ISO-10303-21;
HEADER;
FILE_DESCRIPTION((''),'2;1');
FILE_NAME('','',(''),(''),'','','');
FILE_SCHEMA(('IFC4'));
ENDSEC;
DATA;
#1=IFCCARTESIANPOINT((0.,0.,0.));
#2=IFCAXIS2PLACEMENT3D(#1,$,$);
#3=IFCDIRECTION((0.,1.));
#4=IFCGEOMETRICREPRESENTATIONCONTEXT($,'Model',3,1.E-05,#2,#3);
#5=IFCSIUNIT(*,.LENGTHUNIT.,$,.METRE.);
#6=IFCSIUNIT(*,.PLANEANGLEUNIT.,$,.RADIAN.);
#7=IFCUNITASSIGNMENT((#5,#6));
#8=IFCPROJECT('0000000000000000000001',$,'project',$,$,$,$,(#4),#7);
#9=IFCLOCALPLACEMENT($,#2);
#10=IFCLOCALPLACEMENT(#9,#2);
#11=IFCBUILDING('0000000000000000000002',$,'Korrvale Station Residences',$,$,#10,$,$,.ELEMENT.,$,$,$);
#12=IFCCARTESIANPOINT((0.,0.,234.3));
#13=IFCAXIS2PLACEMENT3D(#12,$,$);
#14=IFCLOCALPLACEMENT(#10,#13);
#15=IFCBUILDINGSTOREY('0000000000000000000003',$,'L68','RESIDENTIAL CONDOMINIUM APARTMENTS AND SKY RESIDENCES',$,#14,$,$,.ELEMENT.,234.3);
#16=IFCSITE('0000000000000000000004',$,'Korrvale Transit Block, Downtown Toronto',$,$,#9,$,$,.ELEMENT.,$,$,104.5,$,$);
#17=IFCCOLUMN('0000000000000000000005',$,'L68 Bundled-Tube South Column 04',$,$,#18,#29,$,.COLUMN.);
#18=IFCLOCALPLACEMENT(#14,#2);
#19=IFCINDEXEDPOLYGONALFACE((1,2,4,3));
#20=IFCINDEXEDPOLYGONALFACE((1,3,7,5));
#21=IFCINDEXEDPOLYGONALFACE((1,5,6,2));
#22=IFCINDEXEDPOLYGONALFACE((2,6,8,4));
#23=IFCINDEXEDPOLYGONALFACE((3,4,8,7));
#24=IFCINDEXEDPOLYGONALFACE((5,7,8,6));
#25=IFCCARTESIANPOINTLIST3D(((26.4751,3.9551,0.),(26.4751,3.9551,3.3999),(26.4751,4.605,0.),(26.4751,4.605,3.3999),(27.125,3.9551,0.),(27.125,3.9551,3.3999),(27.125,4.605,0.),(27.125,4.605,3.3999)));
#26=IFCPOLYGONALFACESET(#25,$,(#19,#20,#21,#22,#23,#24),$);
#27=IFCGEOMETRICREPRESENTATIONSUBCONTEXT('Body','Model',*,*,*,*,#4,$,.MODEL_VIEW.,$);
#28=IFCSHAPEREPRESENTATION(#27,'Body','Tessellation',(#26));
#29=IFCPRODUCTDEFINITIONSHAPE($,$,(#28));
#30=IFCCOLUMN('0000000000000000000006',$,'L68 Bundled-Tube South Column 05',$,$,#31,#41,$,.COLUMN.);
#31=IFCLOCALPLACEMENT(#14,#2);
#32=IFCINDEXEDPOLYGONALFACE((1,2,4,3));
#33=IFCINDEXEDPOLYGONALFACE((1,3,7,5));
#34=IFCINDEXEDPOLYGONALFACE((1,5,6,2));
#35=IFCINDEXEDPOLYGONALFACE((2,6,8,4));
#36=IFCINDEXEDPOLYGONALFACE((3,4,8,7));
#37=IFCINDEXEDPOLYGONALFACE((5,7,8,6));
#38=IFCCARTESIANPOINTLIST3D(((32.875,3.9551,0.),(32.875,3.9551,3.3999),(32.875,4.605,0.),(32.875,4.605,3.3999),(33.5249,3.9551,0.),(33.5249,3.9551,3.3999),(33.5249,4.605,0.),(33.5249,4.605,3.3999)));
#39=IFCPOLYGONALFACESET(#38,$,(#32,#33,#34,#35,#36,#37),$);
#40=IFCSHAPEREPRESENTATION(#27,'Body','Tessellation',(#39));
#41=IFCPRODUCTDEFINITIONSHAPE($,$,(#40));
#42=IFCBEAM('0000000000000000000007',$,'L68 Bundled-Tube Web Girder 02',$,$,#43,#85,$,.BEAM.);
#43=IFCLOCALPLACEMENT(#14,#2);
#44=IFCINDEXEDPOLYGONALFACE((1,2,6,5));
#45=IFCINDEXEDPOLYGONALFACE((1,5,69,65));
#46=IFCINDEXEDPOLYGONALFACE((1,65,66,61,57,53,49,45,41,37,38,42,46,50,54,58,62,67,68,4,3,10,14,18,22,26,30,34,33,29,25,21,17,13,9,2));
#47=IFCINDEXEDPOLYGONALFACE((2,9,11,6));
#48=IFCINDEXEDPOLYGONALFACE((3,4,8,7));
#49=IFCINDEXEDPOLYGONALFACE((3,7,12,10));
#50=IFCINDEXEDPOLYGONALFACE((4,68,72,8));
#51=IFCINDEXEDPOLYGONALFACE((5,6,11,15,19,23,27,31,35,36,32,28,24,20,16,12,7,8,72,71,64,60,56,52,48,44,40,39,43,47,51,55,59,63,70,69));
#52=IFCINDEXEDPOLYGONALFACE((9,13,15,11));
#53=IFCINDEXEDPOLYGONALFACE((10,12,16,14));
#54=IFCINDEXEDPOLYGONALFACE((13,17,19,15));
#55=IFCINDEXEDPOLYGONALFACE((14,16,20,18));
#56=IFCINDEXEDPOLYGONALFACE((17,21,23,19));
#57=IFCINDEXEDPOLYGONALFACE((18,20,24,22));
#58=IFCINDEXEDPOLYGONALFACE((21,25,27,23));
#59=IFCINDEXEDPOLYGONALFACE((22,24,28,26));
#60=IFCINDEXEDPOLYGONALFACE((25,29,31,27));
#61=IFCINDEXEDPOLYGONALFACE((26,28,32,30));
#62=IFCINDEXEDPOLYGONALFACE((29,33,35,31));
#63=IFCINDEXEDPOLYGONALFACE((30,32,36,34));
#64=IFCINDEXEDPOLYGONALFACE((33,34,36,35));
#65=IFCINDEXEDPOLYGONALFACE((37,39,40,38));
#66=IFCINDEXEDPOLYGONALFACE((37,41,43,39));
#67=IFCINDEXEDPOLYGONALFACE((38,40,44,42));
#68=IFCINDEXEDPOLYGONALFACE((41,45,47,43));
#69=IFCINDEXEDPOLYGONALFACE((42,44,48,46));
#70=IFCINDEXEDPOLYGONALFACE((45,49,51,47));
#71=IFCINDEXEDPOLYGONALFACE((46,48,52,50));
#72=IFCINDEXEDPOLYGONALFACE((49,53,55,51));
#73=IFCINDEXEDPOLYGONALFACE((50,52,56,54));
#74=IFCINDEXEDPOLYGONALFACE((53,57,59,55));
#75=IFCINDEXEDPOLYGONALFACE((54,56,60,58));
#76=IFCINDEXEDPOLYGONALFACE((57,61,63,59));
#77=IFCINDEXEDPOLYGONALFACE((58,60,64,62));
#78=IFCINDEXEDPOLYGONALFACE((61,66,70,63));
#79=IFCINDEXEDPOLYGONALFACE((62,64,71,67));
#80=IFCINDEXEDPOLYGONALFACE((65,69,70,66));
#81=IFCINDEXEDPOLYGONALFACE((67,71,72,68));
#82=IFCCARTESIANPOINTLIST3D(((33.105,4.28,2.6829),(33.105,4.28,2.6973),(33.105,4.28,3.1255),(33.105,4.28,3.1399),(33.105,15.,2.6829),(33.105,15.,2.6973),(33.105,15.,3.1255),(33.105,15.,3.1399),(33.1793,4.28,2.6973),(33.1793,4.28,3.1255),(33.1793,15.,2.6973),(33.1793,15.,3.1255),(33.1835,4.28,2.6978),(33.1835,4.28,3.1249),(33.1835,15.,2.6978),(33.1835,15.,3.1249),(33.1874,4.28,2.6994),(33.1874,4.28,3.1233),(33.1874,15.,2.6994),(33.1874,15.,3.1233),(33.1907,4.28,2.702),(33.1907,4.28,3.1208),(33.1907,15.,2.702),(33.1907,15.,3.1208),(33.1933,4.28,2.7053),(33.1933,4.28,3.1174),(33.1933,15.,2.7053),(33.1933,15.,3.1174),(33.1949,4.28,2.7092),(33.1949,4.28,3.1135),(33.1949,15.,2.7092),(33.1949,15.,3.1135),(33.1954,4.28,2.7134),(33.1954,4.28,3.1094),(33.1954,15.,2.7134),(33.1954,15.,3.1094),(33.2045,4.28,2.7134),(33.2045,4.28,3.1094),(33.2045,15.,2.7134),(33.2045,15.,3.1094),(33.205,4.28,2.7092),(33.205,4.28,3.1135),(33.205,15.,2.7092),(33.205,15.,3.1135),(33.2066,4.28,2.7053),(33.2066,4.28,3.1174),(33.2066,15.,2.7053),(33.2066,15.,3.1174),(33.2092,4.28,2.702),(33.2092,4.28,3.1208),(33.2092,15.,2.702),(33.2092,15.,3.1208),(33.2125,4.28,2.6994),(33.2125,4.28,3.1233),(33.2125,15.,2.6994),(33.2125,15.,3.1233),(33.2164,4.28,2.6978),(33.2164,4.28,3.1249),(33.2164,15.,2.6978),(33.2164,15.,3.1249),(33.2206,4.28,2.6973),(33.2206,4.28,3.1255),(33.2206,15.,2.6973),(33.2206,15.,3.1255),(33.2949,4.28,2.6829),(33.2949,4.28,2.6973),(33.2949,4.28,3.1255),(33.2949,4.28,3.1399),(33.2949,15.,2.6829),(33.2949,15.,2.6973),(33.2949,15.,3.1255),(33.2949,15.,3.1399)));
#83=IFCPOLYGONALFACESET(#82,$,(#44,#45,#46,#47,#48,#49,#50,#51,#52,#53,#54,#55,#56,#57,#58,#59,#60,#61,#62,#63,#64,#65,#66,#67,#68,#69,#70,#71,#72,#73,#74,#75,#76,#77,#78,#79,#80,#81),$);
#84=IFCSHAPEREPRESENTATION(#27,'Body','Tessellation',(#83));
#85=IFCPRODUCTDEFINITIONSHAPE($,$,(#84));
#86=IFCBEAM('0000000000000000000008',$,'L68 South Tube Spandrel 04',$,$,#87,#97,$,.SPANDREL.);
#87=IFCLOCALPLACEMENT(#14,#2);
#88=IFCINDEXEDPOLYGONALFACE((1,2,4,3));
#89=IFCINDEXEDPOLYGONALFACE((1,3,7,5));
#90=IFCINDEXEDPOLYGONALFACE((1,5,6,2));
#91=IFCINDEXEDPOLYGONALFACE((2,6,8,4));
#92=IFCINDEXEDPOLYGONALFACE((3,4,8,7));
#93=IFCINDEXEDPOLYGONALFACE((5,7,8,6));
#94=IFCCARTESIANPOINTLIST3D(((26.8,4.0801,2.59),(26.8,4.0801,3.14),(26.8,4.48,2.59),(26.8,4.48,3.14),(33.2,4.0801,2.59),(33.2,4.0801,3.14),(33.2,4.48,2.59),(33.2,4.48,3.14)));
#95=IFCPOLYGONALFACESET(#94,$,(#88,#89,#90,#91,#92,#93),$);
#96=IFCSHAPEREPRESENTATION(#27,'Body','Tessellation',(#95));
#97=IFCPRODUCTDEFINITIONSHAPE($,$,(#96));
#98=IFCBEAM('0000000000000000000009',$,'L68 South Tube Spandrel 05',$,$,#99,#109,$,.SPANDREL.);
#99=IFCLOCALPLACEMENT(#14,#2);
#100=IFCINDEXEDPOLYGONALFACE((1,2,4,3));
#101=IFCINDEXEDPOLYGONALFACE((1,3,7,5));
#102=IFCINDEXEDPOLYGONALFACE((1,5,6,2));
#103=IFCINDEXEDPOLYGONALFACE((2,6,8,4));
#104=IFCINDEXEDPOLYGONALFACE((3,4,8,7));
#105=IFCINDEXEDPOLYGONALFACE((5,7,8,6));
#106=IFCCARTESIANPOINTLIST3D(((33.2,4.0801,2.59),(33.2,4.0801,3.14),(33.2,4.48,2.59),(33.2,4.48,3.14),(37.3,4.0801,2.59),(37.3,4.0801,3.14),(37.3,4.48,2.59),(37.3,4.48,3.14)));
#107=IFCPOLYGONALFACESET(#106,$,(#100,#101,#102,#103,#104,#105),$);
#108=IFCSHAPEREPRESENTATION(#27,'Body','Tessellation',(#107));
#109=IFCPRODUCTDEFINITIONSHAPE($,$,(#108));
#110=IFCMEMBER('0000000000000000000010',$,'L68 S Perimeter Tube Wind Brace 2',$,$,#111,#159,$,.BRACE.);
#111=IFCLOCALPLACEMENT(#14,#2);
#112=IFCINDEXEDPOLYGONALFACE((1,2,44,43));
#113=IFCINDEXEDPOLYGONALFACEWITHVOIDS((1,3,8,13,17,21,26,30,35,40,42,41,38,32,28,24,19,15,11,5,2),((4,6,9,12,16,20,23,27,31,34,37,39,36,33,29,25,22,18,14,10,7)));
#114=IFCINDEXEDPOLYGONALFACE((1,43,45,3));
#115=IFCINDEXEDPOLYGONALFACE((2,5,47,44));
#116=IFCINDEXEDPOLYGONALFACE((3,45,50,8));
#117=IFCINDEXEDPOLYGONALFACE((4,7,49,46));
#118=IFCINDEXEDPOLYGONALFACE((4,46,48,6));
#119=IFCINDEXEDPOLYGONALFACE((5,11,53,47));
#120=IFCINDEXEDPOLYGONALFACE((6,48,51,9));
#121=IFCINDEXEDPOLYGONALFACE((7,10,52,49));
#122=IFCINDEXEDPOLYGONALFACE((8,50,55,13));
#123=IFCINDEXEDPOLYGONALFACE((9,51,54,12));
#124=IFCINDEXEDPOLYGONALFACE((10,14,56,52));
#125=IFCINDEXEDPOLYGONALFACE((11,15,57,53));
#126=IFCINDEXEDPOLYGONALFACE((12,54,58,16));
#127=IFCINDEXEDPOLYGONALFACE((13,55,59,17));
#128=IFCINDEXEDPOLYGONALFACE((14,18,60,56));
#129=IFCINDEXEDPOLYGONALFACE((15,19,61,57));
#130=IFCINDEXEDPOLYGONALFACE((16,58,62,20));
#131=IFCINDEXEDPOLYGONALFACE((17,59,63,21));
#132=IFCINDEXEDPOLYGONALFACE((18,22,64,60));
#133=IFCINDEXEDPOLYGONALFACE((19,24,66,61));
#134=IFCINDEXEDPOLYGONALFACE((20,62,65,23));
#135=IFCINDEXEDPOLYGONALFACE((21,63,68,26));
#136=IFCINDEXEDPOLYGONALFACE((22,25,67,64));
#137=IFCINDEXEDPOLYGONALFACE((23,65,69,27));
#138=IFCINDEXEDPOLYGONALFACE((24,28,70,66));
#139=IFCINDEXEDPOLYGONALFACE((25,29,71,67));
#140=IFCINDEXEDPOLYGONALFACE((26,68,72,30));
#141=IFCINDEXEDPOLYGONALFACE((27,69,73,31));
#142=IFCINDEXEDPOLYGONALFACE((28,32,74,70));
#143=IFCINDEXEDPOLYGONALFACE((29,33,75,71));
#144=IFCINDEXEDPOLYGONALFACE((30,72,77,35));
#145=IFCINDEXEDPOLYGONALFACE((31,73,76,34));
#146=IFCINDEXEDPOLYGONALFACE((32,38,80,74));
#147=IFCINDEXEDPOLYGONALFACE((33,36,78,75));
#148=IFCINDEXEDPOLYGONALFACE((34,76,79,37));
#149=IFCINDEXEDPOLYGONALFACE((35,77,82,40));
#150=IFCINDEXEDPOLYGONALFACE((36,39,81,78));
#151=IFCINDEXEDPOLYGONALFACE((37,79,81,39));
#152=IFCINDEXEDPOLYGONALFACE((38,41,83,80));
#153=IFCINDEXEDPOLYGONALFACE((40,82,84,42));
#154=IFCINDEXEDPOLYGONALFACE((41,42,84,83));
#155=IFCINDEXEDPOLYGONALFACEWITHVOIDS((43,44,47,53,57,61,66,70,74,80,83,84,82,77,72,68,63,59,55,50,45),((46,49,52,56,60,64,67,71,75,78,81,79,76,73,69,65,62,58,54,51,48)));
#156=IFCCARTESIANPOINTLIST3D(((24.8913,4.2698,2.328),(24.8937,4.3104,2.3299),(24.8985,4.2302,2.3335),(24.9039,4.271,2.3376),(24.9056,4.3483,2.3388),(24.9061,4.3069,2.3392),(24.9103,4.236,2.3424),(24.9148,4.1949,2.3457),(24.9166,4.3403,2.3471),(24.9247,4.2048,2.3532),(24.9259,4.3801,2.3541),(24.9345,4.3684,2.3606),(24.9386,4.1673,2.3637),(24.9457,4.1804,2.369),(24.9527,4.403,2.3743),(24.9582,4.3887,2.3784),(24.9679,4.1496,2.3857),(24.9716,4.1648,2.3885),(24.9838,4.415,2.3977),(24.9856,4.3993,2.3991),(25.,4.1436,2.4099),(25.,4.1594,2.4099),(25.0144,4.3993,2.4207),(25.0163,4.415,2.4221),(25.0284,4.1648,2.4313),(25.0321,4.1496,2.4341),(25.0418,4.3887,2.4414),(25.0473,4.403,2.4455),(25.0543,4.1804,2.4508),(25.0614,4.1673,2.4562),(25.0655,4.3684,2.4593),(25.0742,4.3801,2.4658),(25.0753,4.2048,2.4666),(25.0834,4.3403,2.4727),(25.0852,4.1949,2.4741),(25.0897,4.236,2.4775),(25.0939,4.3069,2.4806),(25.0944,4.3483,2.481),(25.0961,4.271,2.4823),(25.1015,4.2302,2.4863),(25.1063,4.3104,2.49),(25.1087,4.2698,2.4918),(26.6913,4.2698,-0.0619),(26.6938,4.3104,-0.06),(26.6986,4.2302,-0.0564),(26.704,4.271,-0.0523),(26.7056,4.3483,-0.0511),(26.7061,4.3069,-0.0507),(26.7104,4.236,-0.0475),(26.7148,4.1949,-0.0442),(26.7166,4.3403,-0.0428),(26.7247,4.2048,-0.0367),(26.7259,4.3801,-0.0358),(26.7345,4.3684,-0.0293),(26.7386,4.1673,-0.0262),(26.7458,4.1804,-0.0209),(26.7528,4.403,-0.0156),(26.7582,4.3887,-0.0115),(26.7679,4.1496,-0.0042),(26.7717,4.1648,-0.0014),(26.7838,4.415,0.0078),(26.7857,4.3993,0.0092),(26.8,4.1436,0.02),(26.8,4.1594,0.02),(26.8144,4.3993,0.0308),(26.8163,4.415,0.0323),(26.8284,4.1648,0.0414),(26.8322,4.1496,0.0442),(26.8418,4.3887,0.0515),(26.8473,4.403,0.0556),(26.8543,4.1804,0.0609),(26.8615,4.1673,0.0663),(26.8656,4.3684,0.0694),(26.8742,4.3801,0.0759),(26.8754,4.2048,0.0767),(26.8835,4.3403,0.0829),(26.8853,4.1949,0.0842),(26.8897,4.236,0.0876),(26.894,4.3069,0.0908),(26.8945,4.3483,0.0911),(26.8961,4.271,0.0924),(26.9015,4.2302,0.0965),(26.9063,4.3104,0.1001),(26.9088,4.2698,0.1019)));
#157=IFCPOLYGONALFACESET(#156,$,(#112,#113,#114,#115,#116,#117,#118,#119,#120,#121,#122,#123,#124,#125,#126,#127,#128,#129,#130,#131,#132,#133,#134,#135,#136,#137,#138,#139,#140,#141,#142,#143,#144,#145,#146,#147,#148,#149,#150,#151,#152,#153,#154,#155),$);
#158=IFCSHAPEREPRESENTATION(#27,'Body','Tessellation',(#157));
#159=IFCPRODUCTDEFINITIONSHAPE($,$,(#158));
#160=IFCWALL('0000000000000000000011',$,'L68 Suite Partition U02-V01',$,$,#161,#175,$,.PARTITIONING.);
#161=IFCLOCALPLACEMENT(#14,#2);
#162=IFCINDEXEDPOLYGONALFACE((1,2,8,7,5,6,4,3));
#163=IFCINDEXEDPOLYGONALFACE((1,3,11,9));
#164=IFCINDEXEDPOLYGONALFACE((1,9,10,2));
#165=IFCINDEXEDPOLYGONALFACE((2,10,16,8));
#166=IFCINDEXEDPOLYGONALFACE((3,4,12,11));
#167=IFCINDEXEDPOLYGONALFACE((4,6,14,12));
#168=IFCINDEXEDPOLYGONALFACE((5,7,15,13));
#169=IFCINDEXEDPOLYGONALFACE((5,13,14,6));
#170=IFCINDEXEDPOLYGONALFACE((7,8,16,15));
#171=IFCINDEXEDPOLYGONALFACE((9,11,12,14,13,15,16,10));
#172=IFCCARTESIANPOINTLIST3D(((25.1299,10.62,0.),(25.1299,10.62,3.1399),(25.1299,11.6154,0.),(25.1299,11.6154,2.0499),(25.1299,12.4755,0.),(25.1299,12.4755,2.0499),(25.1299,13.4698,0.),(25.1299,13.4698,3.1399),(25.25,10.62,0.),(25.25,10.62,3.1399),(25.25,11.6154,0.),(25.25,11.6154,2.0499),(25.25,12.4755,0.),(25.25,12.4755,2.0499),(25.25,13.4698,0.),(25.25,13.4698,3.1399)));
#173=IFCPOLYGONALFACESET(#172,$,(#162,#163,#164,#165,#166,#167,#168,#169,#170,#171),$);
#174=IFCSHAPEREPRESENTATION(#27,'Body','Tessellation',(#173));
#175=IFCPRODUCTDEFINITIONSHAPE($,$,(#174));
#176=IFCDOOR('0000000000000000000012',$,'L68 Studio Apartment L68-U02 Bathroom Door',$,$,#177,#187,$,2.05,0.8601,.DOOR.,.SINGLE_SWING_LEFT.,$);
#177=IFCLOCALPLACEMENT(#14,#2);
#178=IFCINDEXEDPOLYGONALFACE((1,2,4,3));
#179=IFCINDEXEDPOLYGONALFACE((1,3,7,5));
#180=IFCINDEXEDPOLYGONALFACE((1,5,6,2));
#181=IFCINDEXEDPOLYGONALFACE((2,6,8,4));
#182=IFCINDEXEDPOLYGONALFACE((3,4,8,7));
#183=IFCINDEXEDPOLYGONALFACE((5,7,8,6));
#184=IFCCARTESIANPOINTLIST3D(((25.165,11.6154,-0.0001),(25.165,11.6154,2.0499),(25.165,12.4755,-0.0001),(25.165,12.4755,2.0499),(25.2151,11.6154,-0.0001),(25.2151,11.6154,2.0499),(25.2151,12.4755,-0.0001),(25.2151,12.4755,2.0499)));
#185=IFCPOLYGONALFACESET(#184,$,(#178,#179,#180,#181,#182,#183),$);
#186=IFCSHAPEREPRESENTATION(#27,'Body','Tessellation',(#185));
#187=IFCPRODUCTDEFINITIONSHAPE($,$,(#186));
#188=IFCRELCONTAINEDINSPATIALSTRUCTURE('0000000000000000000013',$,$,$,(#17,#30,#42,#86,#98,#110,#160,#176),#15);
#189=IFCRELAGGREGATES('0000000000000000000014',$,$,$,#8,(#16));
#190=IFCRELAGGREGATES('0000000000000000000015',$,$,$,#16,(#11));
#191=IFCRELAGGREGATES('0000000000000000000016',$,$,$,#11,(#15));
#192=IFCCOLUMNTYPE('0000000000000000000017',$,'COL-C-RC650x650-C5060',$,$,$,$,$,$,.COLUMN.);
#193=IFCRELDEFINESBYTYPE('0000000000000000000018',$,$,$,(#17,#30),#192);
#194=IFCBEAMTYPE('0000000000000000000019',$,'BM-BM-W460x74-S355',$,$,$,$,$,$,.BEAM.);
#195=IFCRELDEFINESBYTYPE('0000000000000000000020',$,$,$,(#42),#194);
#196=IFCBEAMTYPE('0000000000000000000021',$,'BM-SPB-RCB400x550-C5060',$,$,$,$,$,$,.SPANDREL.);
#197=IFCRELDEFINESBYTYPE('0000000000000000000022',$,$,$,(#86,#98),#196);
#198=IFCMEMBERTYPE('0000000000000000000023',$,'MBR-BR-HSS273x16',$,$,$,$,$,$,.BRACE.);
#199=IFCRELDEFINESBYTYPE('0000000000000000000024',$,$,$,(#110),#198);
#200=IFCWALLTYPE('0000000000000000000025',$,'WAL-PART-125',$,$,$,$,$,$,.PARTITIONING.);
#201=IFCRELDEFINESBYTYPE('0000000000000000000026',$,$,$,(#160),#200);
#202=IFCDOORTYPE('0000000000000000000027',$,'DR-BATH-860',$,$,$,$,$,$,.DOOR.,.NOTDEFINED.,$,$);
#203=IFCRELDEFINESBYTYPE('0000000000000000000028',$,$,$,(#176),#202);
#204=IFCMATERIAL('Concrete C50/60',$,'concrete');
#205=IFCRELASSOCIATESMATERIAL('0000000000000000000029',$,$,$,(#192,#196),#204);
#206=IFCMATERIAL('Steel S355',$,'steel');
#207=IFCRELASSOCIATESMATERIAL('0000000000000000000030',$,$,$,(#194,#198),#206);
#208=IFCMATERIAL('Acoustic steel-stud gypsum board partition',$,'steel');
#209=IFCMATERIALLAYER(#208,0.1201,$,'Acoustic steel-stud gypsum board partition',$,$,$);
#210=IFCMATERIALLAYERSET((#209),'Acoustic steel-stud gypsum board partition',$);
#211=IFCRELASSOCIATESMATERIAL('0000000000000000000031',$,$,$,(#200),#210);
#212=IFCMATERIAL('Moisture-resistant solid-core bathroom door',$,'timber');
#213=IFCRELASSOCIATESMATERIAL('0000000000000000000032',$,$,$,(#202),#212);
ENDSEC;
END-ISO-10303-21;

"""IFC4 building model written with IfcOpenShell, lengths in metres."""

from ifc_helpers import new_model, si_unit, direction, frame, frame_2d, origin, origin_2d, place, context, subcontext, project, spatial, rectangle, hollow_circle, i_section, extrude, material, layer, layer_set, material_profile, profile_set, type_object, element, fill, save


model = new_model("IFC4")

# Units and contexts
model_context = context("Model", 3, precision=1e-05, world=origin(), true_north=direction((0.0, 1.0)))
body_context = subcontext(model_context, "Body", "Model", "MODEL_VIEW")
ifc_project = project(units=[si_unit("LENGTHUNIT", "METRE"), si_unit("PLANEANGLEUNIT", "RADIAN")], contexts=[model_context])

# Site, building, storey
site_placement = place(None, origin())
site = spatial("IfcSite", under=ifc_project, at=site_placement, Name="Korrvale Transit Block, Downtown Toronto", CompositionType="ELEMENT", RefElevation=104.5)
building_placement = place(site_placement, origin())
building = spatial("IfcBuilding", under=site, at=building_placement, Name="Korrvale Station Residences", CompositionType="ELEMENT")
storey_placement = place(building_placement, frame((0.0, 0.0, 234.3)))
storey = spatial("IfcBuildingStorey", under=building, at=storey_placement, Name="L68", Description="RESIDENTIAL CONDOMINIUM APARTMENTS AND SKY RESIDENCES", CompositionType="ELEMENT", Elevation=234.3)

# Columns
ifc_material_1 = material(Name="Concrete C50/60", Category="concrete")
ifc_material_profile_1 = material_profile(ifc_material_1, rectangle(XDim=0.6499, YDim=0.6499, at=origin_2d()), Name="RC650x650")
ifc_profile_set_1 = profile_set([ifc_material_profile_1], Name="Concrete C50/60")
column_type = type_object("IfcColumnType", Name="COL-C-RC650x650-C5060", PredefinedType="COLUMN", material=ifc_profile_set_1)
for number, where, z_axis, x_axis, name in (
    (1, (26.8, 4.28, 0.0), (0.0, 0.0, 1.0), (1.0, 0.0, 0.0), "L68 Bundled-Tube South Column 04"),
    (2, (33.2, 4.28, 0.0), (0.0, 0.0, 1.0), (1.0, 0.0, 0.0), "L68 Bundled-Tube South Column 05"),
):
    element("IfcColumn", number, at=place(storey_placement, frame(where, z_axis=z_axis, x_axis=x_axis)), inside=storey, type_object=column_type, Name=name, PredefinedType="COLUMN", context=body_context, shape_type="SweptSolid", body=[
        extrude(rectangle(XDim=0.6499, YDim=0.6499, at=origin_2d()), origin(), (0.0, 0.0, 1.0), 3.3999),
    ])

# Beams
ifc_material_2 = material(Name="Steel S355", Category="steel")
ifc_material_profile_2 = material_profile(ifc_material_2, i_section(OverallWidth=0.1899, OverallDepth=0.457, WebThickness=0.009, FlangeThickness=0.0144, FilletRadius=0.0161, at=origin_2d()), Name="W460x74")
ifc_profile_set_2 = profile_set([ifc_material_profile_2], Name="Steel S355")
beam_type_1 = type_object("IfcBeamType", Name="BM-BM-W460x74-S355", PredefinedType="BEAM", material=ifc_profile_set_2)
beam_1_placement = place(storey_placement, frame((33.2, 4.28, 2.9114), z_axis=(0.0, 1.0, 0.0), x_axis=(-1.0, 0.0, 0.0)))
element("IfcBeam", 3, at=beam_1_placement, inside=storey, type_object=beam_type_1, Name="L68 Bundled-Tube Web Girder 02", PredefinedType="BEAM", context=body_context, shape_type="SweptSolid", body=[
    extrude(i_section(OverallWidth=0.1899, OverallDepth=0.457, WebThickness=0.009, FlangeThickness=0.0144, FilletRadius=0.0161, at=origin_2d()), origin(), (0.0, 0.0, 1.0), 10.72),
])
ifc_material_profile_3 = material_profile(ifc_material_1, rectangle(XDim=0.3999, YDim=0.55, at=origin_2d()), Name="RCB400x550")
ifc_profile_set_3 = profile_set([ifc_material_profile_3], Name="Concrete C50/60")
beam_type_2 = type_object("IfcBeamType", Name="BM-SPB-RCB400x550-C5060", PredefinedType="SPANDREL", material=ifc_profile_set_3)
beam_2_placement = place(storey_placement, frame((26.8, 4.28, 2.865), z_axis=(1.0, 0.0, 0.0), x_axis=(0.0, 1.0, 0.0)))
element("IfcBeam", 4, at=beam_2_placement, inside=storey, type_object=beam_type_2, Name="L68 South Tube Spandrel 04", PredefinedType="SPANDREL", context=body_context, shape_type="SweptSolid", body=[
    extrude(rectangle(XDim=0.3999, YDim=0.55, at=origin_2d()), origin(), (0.0, 0.0, 1.0), 6.3999),
])
beam_3_placement = place(storey_placement, frame((33.2, 4.28, 2.865), z_axis=(1.0, 0.0, 0.0), x_axis=(0.0, 1.0, 0.0)))
element("IfcBeam", 5, at=beam_3_placement, inside=storey, type_object=beam_type_2, Name="L68 South Tube Spandrel 05", PredefinedType="SPANDREL", context=body_context, shape_type="SweptSolid", body=[
    extrude(rectangle(XDim=0.3999, YDim=0.55, at=origin_2d()), origin(), (0.0, 0.0, 1.0), 4.1001),
])

# Member
ifc_material_profile_4 = material_profile(ifc_material_2, hollow_circle(Radius=0.1365, WallThickness=0.0159, at=origin_2d()), Name="HSS273x16")
ifc_profile_set_4 = profile_set([ifc_material_profile_4], Name="Steel S355")
member_type = type_object("IfcMemberType", Name="MBR-BR-HSS273x16", PredefinedType="BRACE", material=ifc_profile_set_4)
member_placement = place(storey_placement, frame((26.8, 4.28, 0.02), z_axis=(-0.601631, 0.0, 0.798774), x_axis=(0.0, -1.0, 0.0)))
element("IfcMember", 6, at=member_placement, inside=storey, type_object=member_type, Name="L68 S Perimeter Tube Wind Brace 2", PredefinedType="BRACE", context=body_context, shape_type="SweptSolid", body=[
    extrude(hollow_circle(Radius=0.1365, WallThickness=0.0159, at=origin_2d()), origin(), (0.0, 0.0, 1.0), 2.9919),
])

# Wall, opening, door
ifc_material_3 = material(Name="Acoustic steel-stud gypsum board partition", Category="steel")
ifc_layer_1 = layer(ifc_material_3, 0.1201, Name="Acoustic steel-stud gypsum board partition")
ifc_layer_set_1 = layer_set([ifc_layer_1], Name="Acoustic steel-stud gypsum board partition")
wall_type_1 = type_object("IfcWallType", Name="WAL-PART-125", PredefinedType="PARTITIONING", material=ifc_layer_set_1)
wall_1_placement = place(storey_placement, frame((25.1899, 10.6201, 0.0), z_axis=(0.0, 0.0, 1.0), x_axis=(0.0, 1.0, 0.0)))
wall_1 = element("IfcWall", 7, at=wall_1_placement, inside=storey, type_object=wall_type_1, Name="L68 Suite Partition U02-V01", PredefinedType="PARTITIONING", context=body_context, shape_type="SweptSolid", body=[
    extrude(rectangle(XDim=2.8499, YDim=0.1201, at=frame_2d((1.4248, 0.0))), origin(), (0.0, 0.0, 1.0), 3.1399),
])
opening_1_placement = place(wall_1_placement, frame((0.9951, 0.0, 0.0)))
opening_1 = element("IfcOpeningElement", 8, at=opening_1_placement, cuts=wall_1, PredefinedType="OPENING", context=body_context, shape_type="SweptSolid", body=[
    extrude(rectangle(XDim=0.8601, YDim=2.05, at=frame_2d((0.4302, 1.0249))), frame((0.0, 0.0701, 0.0), z_axis=(0.0, -1.0, 0.0), x_axis=(1.0, 0.0, 0.0)), (0.0, 0.0, 1.0), 0.1401),
])
ifc_material_4 = material(Name="Moisture-resistant solid-core bathroom door", Category="timber")
door_type_1 = type_object("IfcDoorType", Name="DR-BATH-860", OperationType="NOTDEFINED", PredefinedType="DOOR", material=ifc_material_4)
door_1_placement = place(opening_1_placement, origin())
door_1 = element("IfcDoor", 9, at=door_1_placement, inside=storey, type_object=door_type_1, Name="L68 Studio Apartment L68-U02 Bathroom Door", OperationType="SINGLE_SWING_LEFT", OverallHeight=2.05, OverallWidth=0.8601, PredefinedType="DOOR", context=body_context, shape_type="SweptSolid", body=[
    extrude(rectangle(XDim=0.8601, YDim=2.05, at=frame_2d((0.4302, 1.0249))), frame((0.0, 0.0249, 0.0), z_axis=(0.0, -1.0, 0.0), x_axis=(1.0, 0.0, 0.0)), (0.0, 0.0, 1.0), 0.05),
])
fill(opening_1, door_1)

save(model, "model.ifc")
